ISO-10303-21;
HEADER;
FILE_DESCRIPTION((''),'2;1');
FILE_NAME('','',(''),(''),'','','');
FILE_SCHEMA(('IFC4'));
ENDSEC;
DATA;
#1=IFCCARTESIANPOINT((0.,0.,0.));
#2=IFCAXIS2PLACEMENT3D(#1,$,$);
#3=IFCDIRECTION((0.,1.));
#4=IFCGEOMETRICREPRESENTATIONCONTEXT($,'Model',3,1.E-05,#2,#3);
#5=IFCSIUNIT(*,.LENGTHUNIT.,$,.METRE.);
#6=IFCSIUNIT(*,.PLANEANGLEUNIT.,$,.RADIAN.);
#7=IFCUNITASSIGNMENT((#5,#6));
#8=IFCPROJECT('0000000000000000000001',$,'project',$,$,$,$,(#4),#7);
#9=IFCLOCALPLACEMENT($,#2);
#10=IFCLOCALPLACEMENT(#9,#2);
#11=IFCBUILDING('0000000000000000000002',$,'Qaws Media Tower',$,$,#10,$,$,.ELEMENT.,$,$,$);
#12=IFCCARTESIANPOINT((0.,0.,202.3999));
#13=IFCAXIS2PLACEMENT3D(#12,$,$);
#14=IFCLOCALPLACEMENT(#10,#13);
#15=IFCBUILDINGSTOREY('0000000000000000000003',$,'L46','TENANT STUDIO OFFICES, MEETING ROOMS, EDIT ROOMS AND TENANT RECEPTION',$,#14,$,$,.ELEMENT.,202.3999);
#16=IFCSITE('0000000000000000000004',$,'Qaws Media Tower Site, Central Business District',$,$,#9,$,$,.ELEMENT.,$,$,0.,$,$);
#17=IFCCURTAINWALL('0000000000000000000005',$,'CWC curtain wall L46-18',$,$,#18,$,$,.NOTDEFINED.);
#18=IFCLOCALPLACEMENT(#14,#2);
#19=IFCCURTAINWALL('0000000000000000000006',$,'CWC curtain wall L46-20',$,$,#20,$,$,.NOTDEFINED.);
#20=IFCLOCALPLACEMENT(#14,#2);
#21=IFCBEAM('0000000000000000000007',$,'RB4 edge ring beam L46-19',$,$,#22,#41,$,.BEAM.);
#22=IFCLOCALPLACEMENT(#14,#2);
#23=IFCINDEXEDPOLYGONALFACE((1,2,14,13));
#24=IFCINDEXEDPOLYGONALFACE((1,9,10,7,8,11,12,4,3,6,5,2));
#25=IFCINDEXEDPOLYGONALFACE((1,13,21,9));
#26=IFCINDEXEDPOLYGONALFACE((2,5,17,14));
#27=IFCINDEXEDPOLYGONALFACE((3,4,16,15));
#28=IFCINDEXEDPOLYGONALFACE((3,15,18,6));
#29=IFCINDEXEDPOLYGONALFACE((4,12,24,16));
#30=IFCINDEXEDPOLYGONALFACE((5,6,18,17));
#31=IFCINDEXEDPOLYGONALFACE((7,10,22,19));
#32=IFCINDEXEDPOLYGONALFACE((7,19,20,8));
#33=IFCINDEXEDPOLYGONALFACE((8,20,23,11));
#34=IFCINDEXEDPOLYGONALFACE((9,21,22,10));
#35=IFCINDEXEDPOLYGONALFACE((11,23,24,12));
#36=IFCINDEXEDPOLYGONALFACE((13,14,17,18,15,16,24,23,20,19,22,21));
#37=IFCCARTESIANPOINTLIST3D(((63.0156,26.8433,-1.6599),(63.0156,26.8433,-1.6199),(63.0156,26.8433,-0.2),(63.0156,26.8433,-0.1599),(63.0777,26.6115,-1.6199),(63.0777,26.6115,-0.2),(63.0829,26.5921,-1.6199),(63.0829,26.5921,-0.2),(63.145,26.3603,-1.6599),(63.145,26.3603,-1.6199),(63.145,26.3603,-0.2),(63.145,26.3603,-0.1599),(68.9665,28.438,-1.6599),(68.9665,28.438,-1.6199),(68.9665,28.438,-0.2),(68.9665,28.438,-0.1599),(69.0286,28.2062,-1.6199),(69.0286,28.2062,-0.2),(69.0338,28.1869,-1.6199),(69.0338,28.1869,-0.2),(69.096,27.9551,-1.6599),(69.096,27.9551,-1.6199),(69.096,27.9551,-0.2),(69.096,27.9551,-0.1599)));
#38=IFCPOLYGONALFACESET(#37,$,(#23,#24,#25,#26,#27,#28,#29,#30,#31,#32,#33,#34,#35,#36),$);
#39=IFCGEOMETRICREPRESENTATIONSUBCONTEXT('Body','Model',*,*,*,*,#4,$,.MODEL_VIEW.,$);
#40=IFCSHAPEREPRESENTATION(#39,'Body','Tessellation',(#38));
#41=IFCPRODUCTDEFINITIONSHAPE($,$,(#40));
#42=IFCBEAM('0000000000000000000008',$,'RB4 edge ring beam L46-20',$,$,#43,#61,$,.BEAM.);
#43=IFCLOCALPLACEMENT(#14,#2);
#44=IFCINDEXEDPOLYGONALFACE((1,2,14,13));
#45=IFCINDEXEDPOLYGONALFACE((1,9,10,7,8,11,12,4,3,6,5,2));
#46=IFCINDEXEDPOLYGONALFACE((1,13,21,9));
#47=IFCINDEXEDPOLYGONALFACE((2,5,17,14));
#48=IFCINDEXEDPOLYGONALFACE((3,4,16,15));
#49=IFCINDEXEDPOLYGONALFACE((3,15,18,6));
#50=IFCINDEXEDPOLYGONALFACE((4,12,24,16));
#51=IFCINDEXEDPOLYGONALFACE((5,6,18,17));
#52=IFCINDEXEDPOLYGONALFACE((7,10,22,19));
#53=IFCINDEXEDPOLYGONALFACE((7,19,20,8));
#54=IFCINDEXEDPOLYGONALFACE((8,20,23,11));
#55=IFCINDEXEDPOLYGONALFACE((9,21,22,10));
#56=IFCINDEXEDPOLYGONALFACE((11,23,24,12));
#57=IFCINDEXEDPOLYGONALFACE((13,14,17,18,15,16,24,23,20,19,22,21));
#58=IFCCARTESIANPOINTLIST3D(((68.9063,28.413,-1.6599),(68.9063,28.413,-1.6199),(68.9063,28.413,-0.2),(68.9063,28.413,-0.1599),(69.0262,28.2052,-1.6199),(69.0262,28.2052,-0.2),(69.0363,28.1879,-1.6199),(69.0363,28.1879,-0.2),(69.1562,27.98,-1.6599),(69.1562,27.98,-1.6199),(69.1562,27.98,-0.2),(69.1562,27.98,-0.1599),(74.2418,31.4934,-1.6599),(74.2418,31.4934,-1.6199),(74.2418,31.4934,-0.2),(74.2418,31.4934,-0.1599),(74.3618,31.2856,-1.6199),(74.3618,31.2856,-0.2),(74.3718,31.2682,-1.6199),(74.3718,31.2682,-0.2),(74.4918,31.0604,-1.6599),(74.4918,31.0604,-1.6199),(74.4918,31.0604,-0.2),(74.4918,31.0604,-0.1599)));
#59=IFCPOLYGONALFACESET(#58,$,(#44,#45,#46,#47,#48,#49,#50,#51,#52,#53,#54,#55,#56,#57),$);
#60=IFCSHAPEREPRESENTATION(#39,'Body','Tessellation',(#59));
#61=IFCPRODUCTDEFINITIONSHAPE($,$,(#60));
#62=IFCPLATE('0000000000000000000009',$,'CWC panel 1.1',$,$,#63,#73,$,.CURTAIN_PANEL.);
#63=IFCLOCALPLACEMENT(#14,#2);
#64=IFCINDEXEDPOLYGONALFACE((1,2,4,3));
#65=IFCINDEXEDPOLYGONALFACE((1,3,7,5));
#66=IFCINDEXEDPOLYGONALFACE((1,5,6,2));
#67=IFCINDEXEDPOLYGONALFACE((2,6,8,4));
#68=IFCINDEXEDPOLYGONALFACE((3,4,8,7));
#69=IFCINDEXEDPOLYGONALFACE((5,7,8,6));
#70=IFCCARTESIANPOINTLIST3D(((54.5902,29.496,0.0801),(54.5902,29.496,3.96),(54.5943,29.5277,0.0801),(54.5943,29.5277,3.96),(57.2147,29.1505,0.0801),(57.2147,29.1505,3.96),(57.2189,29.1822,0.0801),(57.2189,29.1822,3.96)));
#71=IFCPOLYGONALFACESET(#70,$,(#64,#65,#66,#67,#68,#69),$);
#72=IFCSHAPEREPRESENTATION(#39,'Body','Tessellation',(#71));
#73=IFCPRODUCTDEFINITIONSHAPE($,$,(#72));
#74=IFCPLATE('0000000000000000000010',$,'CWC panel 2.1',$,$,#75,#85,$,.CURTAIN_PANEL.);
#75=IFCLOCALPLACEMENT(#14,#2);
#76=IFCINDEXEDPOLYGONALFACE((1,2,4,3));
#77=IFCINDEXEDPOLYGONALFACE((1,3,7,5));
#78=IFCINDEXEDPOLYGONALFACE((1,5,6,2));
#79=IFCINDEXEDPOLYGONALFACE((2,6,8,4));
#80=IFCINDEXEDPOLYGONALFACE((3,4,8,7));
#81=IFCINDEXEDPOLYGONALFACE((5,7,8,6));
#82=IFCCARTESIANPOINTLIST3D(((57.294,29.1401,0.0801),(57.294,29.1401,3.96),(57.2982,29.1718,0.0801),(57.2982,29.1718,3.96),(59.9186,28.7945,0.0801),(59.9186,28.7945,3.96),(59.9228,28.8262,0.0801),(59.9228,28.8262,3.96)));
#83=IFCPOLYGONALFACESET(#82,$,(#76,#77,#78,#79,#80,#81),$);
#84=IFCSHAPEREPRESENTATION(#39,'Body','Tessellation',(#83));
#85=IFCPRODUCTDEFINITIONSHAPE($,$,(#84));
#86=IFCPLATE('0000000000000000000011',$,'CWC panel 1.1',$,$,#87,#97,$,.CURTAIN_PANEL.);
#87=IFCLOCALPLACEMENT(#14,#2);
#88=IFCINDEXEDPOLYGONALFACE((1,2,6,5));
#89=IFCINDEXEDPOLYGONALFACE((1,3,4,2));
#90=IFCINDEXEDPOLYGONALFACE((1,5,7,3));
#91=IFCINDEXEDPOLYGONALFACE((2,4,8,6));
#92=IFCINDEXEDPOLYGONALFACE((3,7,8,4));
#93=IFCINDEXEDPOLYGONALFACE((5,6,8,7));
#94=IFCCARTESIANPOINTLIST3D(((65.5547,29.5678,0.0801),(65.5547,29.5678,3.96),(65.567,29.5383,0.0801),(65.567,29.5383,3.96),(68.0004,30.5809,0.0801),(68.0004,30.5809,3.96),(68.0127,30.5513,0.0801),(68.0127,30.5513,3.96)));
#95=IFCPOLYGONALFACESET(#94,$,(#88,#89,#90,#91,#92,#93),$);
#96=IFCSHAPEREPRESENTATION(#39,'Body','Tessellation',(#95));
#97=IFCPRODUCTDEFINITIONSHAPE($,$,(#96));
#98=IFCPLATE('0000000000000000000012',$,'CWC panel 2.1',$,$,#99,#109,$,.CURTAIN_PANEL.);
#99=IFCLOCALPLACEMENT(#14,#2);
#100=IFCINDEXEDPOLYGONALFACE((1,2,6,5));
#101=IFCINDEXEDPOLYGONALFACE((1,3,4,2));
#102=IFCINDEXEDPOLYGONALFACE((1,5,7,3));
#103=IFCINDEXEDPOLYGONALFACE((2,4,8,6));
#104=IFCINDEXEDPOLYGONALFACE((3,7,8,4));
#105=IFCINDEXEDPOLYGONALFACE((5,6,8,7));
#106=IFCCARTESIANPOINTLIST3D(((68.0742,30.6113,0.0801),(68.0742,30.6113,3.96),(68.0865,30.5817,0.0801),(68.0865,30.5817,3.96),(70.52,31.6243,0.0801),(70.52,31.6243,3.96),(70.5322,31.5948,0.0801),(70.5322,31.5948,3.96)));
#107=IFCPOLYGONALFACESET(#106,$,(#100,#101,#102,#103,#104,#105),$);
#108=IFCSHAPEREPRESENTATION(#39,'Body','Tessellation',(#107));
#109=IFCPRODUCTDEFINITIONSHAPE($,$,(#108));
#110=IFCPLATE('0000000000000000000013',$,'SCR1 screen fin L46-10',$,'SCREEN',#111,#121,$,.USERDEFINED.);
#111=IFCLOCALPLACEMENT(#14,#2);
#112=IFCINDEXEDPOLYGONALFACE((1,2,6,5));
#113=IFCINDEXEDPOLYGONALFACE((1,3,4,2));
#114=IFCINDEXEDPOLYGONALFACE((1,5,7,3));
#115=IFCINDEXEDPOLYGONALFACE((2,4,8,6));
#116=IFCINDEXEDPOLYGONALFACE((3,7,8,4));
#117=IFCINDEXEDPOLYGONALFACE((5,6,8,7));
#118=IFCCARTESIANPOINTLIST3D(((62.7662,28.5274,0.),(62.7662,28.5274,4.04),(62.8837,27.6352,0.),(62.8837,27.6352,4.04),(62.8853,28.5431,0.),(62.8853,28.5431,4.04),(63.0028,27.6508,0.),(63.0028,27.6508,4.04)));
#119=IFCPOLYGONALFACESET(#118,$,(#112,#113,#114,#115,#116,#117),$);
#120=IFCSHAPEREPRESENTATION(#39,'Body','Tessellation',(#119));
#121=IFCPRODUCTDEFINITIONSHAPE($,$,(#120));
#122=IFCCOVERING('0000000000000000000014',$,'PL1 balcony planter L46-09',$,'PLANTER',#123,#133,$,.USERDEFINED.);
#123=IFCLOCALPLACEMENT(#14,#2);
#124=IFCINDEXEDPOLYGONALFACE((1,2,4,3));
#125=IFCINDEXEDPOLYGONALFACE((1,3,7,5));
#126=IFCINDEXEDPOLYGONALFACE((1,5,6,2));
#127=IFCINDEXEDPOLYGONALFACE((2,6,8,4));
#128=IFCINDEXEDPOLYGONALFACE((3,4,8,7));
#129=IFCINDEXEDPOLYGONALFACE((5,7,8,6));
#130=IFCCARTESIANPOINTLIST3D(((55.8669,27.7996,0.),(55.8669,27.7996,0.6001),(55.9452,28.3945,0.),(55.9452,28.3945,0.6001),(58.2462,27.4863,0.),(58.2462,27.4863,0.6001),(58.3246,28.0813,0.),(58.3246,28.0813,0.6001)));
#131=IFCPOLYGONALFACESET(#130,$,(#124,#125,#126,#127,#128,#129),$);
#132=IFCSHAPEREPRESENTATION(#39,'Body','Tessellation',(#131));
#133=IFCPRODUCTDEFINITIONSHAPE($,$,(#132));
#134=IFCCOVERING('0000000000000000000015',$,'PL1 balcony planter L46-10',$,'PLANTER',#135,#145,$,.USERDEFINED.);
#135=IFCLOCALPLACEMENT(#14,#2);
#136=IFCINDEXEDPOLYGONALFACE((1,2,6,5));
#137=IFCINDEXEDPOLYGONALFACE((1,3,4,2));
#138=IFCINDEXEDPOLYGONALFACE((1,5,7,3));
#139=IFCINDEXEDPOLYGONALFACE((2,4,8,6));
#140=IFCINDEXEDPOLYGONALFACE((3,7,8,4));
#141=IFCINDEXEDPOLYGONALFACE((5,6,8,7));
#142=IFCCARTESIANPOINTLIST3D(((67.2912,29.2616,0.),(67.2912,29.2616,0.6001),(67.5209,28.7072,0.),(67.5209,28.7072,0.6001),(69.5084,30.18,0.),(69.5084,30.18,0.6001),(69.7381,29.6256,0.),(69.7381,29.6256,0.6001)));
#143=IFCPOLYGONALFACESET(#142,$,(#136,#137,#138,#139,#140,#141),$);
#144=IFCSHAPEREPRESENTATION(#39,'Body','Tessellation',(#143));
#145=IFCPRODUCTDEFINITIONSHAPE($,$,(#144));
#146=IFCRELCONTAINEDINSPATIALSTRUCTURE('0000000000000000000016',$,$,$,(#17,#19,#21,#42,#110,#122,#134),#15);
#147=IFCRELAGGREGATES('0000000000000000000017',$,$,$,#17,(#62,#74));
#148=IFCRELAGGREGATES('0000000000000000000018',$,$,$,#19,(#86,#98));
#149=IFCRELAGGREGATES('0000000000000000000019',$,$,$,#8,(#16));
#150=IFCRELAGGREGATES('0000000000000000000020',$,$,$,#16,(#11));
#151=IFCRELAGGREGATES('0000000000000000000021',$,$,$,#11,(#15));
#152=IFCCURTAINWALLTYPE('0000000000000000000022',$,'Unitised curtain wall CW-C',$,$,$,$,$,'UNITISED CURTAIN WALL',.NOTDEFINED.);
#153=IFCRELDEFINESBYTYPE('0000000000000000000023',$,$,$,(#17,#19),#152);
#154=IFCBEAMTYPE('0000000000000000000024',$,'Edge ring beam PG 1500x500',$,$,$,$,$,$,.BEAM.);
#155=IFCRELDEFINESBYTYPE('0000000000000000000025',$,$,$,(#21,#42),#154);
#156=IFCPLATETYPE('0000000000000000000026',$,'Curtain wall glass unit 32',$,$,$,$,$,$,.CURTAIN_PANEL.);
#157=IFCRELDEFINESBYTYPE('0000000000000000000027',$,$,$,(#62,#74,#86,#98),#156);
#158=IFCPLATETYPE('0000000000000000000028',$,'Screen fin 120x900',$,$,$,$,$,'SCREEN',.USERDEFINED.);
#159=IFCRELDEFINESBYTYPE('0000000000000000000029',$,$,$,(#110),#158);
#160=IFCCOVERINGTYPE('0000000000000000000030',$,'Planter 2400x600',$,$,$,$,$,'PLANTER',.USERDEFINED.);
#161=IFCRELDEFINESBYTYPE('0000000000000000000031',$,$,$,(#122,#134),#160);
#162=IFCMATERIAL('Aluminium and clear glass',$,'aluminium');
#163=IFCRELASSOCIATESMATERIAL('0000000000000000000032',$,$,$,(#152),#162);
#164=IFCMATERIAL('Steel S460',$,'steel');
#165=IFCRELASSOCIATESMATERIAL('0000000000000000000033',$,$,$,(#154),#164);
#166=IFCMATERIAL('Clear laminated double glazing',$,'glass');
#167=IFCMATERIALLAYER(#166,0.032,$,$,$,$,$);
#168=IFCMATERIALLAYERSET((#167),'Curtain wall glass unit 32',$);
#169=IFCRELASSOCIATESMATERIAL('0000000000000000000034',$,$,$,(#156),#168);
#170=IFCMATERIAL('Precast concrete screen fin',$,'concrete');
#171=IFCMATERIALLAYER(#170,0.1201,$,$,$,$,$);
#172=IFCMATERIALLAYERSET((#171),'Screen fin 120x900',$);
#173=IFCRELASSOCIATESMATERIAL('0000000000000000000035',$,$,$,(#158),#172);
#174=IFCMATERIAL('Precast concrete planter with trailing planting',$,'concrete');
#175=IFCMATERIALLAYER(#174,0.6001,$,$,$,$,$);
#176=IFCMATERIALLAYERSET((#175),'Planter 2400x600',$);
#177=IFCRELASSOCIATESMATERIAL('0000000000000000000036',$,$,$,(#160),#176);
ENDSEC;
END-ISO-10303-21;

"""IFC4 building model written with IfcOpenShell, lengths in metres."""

from ifc_helpers import new_model, si_unit, direction, frame, origin, origin_2d, place, context, subcontext, project, spatial, rectangle, i_section, extrude, material, layer, layer_set, material_profile, profile_set, type_object, element, aggregate, save


model = new_model("IFC4")

# Units and contexts
model_context = context("Model", 3, precision=1e-05, world=origin(), true_north=direction((0.0, 1.0)))
body_context = subcontext(model_context, "Body", "Model", "MODEL_VIEW")
ifc_project = project(units=[si_unit("LENGTHUNIT", "METRE"), si_unit("PLANEANGLEUNIT", "RADIAN")], contexts=[model_context])

# Site, building, storey
site_placement = place(None, origin())
site = spatial("IfcSite", under=ifc_project, at=site_placement, Name="Qaws Media Tower Site, Central Business District", CompositionType="ELEMENT", RefElevation=0.0)
building_placement = place(site_placement, origin())
building = spatial("IfcBuilding", under=site, at=building_placement, Name="Qaws Media Tower", CompositionType="ELEMENT")
storey_placement = place(building_placement, frame((0.0, 0.0, 202.3999)))
storey = spatial("IfcBuildingStorey", under=building, at=storey_placement, Name="L46", Description="TENANT STUDIO OFFICES, MEETING ROOMS, EDIT ROOMS AND TENANT RECEPTION", CompositionType="ELEMENT", Elevation=202.3999)

# Curtain walls
ifc_material_1 = material(Name="Aluminium and clear glass", Category="aluminium")
curtain_wall_type = type_object("IfcCurtainWallType", Name="Unitised curtain wall CW-C", ElementType="UNITISED CURTAIN WALL", PredefinedType="NOTDEFINED", material=ifc_material_1)
curtain_wall_1_placement = place(storey_placement, origin())
curtain_wall_1 = element("IfcCurtainWall", 1, at=curtain_wall_1_placement, inside=storey, type_object=curtain_wall_type, Name="CWC curtain wall L46-18", PredefinedType="NOTDEFINED")
curtain_wall_2_placement = place(storey_placement, origin())
curtain_wall_2 = element("IfcCurtainWall", 2, at=curtain_wall_2_placement, inside=storey, type_object=curtain_wall_type, Name="CWC curtain wall L46-20", PredefinedType="NOTDEFINED")

# Beams
ifc_material_2 = material(Name="Steel S460", Category="steel")
ifc_material_profile_1 = material_profile(ifc_material_2, i_section(OverallWidth=0.5, OverallDepth=1.5, WebThickness=0.02, FlangeThickness=0.04, at=origin_2d()), Name="PG 1500x500")
ifc_profile_set_1 = profile_set([ifc_material_profile_1], Name="Steel S460")
beam_type = type_object("IfcBeamType", Name="Edge ring beam PG 1500x500", PredefinedType="BEAM", material=ifc_profile_set_1)
for number, where, z_axis, x_axis, name in (
    (3, (63.0803, 26.6018, -0.9099), (0.965919, 0.258846, 0.0), (-0.258846, 0.965919, 0.0), "RB4 edge ring beam L46-19"),
    (4, (69.0312, 28.1965, -0.9099), (0.866032, 0.499988, 0.0), (-0.499988, 0.866032, 0.0), "RB4 edge ring beam L46-20"),
):
    element("IfcBeam", number, at=place(storey_placement, frame(where, z_axis=z_axis, x_axis=x_axis)), inside=storey, type_object=beam_type, Name=name, PredefinedType="BEAM", context=body_context, shape_type="SweptSolid", body=[
        extrude(i_section(OverallWidth=0.5, OverallDepth=1.5, WebThickness=0.02, FlangeThickness=0.04, at=origin_2d()), origin(), (0.0, 0.0, 1.0), 6.1609),
    ])

# Plates
ifc_material_3 = material(Name="Clear laminated double glazing", Category="glass")
ifc_layer_1 = layer(ifc_material_3, 0.032)
ifc_layer_set_1 = layer_set([ifc_layer_1], Name="Curtain wall glass unit 32")
plate_type_1 = type_object("IfcPlateType", Name="Curtain wall glass unit 32", PredefinedType="CURTAIN_PANEL", material=ifc_layer_set_1)
plate_1_placement = place(storey_placement, frame((55.9045, 29.3391, 0.0801), z_axis=(0.0, 0.0, 1.0), x_axis=(0.991445, -0.130526, 0.0)))
plate_1 = element("IfcPlate", 5, at=plate_1_placement, type_object=plate_type_1, Name="CWC panel 1.1", PredefinedType="CURTAIN_PANEL", context=body_context, shape_type="SweptSolid", body=[
    extrude(rectangle(XDim=2.6472, YDim=0.032, at=origin_2d()), origin(), (0.0, 0.0, 1.0), 3.8799),
])
plate_2_placement = place(storey_placement, frame((58.6084, 28.9832, 0.0801), z_axis=(0.0, 0.0, 1.0), x_axis=(0.991445, -0.130526, 0.0)))
plate_2 = element("IfcPlate", 6, at=plate_2_placement, type_object=plate_type_1, Name="CWC panel 2.1", PredefinedType="CURTAIN_PANEL", context=body_context, shape_type="SweptSolid", body=[
    extrude(rectangle(XDim=2.6472, YDim=0.032, at=origin_2d()), origin(), (0.0, 0.0, 1.0), 3.8799),
])
aggregate(curtain_wall_1, [plate_1, plate_2])
plate_3_placement = place(storey_placement, frame((66.7837, 30.0596, 0.0801), z_axis=(0.0, 0.0, 1.0), x_axis=(0.92388, 0.382683, 0.0)))
plate_3 = element("IfcPlate", 7, at=plate_3_placement, type_object=plate_type_1, Name="CWC panel 1.1", PredefinedType="CURTAIN_PANEL", context=body_context, shape_type="SweptSolid", body=[
    extrude(rectangle(XDim=2.6472, YDim=0.032, at=origin_2d()), origin(), (0.0, 0.0, 1.0), 3.8799),
])
plate_4_placement = place(storey_placement, frame((69.3032, 31.103, 0.0801), z_axis=(0.0, 0.0, 1.0), x_axis=(0.92388, 0.382683, 0.0)))
plate_4 = element("IfcPlate", 8, at=plate_4_placement, type_object=plate_type_1, Name="CWC panel 2.1", PredefinedType="CURTAIN_PANEL", context=body_context, shape_type="SweptSolid", body=[
    extrude(rectangle(XDim=2.6472, YDim=0.032, at=origin_2d()), origin(), (0.0, 0.0, 1.0), 3.8799),
])
aggregate(curtain_wall_2, [plate_3, plate_4])
ifc_material_4 = material(Name="Precast concrete screen fin", Category="concrete")
ifc_layer_2 = layer(ifc_material_4, 0.1201)
ifc_layer_set_2 = layer_set([ifc_layer_2], Name="Screen fin 120x900")
plate_type_2 = type_object("IfcPlateType", Name="Screen fin 120x900", ElementType="SCREEN", PredefinedType="USERDEFINED", material=ifc_layer_set_2)
plate_5_placement = place(storey_placement, frame((62.8845, 28.0891, 0.0), z_axis=(0.0, 0.0, 1.0), x_axis=(0.130526, -0.991445, 0.0)))
element("IfcPlate", 9, at=plate_5_placement, inside=storey, type_object=plate_type_2, Name="SCR1 screen fin L46-10", ObjectType="SCREEN", PredefinedType="USERDEFINED", context=body_context, shape_type="SweptSolid", body=[
    extrude(rectangle(XDim=0.8999, YDim=0.1201, at=origin_2d()), origin(), (0.0, 0.0, 1.0), 4.04),
])

# Coverings
ifc_material_5 = material(Name="Precast concrete planter with trailing planting", Category="concrete")
ifc_layer_3 = layer(ifc_material_5, 0.6001)
ifc_layer_set_3 = layer_set([ifc_layer_3], Name="Planter 2400x600")
covering_type = type_object("IfcCoveringType", Name="Planter 2400x600", ElementType="PLANTER", PredefinedType="USERDEFINED", material=ifc_layer_set_3)
for number, where, z_axis, x_axis, name in (
    (10, (57.0957, 27.9404, 0.0), (0.0, 0.0, 1.0), (0.991445, -0.130526, 0.0), "PL1 balcony planter L46-09"),
    (11, (68.5146, 29.4436, 0.0), (0.0, 0.0, 1.0), (0.92388, 0.382683, 0.0), "PL1 balcony planter L46-10"),
):
    element("IfcCovering", number, at=place(storey_placement, frame(where, z_axis=z_axis, x_axis=x_axis)), inside=storey, type_object=covering_type, Name=name, ObjectType="PLANTER", PredefinedType="USERDEFINED", context=body_context, shape_type="SweptSolid", body=[
        extrude(rectangle(XDim=2.3999, YDim=0.6001, at=origin_2d()), origin(), (0.0, 0.0, 1.0), 0.6001),
    ])

save(model, "model.ifc")
